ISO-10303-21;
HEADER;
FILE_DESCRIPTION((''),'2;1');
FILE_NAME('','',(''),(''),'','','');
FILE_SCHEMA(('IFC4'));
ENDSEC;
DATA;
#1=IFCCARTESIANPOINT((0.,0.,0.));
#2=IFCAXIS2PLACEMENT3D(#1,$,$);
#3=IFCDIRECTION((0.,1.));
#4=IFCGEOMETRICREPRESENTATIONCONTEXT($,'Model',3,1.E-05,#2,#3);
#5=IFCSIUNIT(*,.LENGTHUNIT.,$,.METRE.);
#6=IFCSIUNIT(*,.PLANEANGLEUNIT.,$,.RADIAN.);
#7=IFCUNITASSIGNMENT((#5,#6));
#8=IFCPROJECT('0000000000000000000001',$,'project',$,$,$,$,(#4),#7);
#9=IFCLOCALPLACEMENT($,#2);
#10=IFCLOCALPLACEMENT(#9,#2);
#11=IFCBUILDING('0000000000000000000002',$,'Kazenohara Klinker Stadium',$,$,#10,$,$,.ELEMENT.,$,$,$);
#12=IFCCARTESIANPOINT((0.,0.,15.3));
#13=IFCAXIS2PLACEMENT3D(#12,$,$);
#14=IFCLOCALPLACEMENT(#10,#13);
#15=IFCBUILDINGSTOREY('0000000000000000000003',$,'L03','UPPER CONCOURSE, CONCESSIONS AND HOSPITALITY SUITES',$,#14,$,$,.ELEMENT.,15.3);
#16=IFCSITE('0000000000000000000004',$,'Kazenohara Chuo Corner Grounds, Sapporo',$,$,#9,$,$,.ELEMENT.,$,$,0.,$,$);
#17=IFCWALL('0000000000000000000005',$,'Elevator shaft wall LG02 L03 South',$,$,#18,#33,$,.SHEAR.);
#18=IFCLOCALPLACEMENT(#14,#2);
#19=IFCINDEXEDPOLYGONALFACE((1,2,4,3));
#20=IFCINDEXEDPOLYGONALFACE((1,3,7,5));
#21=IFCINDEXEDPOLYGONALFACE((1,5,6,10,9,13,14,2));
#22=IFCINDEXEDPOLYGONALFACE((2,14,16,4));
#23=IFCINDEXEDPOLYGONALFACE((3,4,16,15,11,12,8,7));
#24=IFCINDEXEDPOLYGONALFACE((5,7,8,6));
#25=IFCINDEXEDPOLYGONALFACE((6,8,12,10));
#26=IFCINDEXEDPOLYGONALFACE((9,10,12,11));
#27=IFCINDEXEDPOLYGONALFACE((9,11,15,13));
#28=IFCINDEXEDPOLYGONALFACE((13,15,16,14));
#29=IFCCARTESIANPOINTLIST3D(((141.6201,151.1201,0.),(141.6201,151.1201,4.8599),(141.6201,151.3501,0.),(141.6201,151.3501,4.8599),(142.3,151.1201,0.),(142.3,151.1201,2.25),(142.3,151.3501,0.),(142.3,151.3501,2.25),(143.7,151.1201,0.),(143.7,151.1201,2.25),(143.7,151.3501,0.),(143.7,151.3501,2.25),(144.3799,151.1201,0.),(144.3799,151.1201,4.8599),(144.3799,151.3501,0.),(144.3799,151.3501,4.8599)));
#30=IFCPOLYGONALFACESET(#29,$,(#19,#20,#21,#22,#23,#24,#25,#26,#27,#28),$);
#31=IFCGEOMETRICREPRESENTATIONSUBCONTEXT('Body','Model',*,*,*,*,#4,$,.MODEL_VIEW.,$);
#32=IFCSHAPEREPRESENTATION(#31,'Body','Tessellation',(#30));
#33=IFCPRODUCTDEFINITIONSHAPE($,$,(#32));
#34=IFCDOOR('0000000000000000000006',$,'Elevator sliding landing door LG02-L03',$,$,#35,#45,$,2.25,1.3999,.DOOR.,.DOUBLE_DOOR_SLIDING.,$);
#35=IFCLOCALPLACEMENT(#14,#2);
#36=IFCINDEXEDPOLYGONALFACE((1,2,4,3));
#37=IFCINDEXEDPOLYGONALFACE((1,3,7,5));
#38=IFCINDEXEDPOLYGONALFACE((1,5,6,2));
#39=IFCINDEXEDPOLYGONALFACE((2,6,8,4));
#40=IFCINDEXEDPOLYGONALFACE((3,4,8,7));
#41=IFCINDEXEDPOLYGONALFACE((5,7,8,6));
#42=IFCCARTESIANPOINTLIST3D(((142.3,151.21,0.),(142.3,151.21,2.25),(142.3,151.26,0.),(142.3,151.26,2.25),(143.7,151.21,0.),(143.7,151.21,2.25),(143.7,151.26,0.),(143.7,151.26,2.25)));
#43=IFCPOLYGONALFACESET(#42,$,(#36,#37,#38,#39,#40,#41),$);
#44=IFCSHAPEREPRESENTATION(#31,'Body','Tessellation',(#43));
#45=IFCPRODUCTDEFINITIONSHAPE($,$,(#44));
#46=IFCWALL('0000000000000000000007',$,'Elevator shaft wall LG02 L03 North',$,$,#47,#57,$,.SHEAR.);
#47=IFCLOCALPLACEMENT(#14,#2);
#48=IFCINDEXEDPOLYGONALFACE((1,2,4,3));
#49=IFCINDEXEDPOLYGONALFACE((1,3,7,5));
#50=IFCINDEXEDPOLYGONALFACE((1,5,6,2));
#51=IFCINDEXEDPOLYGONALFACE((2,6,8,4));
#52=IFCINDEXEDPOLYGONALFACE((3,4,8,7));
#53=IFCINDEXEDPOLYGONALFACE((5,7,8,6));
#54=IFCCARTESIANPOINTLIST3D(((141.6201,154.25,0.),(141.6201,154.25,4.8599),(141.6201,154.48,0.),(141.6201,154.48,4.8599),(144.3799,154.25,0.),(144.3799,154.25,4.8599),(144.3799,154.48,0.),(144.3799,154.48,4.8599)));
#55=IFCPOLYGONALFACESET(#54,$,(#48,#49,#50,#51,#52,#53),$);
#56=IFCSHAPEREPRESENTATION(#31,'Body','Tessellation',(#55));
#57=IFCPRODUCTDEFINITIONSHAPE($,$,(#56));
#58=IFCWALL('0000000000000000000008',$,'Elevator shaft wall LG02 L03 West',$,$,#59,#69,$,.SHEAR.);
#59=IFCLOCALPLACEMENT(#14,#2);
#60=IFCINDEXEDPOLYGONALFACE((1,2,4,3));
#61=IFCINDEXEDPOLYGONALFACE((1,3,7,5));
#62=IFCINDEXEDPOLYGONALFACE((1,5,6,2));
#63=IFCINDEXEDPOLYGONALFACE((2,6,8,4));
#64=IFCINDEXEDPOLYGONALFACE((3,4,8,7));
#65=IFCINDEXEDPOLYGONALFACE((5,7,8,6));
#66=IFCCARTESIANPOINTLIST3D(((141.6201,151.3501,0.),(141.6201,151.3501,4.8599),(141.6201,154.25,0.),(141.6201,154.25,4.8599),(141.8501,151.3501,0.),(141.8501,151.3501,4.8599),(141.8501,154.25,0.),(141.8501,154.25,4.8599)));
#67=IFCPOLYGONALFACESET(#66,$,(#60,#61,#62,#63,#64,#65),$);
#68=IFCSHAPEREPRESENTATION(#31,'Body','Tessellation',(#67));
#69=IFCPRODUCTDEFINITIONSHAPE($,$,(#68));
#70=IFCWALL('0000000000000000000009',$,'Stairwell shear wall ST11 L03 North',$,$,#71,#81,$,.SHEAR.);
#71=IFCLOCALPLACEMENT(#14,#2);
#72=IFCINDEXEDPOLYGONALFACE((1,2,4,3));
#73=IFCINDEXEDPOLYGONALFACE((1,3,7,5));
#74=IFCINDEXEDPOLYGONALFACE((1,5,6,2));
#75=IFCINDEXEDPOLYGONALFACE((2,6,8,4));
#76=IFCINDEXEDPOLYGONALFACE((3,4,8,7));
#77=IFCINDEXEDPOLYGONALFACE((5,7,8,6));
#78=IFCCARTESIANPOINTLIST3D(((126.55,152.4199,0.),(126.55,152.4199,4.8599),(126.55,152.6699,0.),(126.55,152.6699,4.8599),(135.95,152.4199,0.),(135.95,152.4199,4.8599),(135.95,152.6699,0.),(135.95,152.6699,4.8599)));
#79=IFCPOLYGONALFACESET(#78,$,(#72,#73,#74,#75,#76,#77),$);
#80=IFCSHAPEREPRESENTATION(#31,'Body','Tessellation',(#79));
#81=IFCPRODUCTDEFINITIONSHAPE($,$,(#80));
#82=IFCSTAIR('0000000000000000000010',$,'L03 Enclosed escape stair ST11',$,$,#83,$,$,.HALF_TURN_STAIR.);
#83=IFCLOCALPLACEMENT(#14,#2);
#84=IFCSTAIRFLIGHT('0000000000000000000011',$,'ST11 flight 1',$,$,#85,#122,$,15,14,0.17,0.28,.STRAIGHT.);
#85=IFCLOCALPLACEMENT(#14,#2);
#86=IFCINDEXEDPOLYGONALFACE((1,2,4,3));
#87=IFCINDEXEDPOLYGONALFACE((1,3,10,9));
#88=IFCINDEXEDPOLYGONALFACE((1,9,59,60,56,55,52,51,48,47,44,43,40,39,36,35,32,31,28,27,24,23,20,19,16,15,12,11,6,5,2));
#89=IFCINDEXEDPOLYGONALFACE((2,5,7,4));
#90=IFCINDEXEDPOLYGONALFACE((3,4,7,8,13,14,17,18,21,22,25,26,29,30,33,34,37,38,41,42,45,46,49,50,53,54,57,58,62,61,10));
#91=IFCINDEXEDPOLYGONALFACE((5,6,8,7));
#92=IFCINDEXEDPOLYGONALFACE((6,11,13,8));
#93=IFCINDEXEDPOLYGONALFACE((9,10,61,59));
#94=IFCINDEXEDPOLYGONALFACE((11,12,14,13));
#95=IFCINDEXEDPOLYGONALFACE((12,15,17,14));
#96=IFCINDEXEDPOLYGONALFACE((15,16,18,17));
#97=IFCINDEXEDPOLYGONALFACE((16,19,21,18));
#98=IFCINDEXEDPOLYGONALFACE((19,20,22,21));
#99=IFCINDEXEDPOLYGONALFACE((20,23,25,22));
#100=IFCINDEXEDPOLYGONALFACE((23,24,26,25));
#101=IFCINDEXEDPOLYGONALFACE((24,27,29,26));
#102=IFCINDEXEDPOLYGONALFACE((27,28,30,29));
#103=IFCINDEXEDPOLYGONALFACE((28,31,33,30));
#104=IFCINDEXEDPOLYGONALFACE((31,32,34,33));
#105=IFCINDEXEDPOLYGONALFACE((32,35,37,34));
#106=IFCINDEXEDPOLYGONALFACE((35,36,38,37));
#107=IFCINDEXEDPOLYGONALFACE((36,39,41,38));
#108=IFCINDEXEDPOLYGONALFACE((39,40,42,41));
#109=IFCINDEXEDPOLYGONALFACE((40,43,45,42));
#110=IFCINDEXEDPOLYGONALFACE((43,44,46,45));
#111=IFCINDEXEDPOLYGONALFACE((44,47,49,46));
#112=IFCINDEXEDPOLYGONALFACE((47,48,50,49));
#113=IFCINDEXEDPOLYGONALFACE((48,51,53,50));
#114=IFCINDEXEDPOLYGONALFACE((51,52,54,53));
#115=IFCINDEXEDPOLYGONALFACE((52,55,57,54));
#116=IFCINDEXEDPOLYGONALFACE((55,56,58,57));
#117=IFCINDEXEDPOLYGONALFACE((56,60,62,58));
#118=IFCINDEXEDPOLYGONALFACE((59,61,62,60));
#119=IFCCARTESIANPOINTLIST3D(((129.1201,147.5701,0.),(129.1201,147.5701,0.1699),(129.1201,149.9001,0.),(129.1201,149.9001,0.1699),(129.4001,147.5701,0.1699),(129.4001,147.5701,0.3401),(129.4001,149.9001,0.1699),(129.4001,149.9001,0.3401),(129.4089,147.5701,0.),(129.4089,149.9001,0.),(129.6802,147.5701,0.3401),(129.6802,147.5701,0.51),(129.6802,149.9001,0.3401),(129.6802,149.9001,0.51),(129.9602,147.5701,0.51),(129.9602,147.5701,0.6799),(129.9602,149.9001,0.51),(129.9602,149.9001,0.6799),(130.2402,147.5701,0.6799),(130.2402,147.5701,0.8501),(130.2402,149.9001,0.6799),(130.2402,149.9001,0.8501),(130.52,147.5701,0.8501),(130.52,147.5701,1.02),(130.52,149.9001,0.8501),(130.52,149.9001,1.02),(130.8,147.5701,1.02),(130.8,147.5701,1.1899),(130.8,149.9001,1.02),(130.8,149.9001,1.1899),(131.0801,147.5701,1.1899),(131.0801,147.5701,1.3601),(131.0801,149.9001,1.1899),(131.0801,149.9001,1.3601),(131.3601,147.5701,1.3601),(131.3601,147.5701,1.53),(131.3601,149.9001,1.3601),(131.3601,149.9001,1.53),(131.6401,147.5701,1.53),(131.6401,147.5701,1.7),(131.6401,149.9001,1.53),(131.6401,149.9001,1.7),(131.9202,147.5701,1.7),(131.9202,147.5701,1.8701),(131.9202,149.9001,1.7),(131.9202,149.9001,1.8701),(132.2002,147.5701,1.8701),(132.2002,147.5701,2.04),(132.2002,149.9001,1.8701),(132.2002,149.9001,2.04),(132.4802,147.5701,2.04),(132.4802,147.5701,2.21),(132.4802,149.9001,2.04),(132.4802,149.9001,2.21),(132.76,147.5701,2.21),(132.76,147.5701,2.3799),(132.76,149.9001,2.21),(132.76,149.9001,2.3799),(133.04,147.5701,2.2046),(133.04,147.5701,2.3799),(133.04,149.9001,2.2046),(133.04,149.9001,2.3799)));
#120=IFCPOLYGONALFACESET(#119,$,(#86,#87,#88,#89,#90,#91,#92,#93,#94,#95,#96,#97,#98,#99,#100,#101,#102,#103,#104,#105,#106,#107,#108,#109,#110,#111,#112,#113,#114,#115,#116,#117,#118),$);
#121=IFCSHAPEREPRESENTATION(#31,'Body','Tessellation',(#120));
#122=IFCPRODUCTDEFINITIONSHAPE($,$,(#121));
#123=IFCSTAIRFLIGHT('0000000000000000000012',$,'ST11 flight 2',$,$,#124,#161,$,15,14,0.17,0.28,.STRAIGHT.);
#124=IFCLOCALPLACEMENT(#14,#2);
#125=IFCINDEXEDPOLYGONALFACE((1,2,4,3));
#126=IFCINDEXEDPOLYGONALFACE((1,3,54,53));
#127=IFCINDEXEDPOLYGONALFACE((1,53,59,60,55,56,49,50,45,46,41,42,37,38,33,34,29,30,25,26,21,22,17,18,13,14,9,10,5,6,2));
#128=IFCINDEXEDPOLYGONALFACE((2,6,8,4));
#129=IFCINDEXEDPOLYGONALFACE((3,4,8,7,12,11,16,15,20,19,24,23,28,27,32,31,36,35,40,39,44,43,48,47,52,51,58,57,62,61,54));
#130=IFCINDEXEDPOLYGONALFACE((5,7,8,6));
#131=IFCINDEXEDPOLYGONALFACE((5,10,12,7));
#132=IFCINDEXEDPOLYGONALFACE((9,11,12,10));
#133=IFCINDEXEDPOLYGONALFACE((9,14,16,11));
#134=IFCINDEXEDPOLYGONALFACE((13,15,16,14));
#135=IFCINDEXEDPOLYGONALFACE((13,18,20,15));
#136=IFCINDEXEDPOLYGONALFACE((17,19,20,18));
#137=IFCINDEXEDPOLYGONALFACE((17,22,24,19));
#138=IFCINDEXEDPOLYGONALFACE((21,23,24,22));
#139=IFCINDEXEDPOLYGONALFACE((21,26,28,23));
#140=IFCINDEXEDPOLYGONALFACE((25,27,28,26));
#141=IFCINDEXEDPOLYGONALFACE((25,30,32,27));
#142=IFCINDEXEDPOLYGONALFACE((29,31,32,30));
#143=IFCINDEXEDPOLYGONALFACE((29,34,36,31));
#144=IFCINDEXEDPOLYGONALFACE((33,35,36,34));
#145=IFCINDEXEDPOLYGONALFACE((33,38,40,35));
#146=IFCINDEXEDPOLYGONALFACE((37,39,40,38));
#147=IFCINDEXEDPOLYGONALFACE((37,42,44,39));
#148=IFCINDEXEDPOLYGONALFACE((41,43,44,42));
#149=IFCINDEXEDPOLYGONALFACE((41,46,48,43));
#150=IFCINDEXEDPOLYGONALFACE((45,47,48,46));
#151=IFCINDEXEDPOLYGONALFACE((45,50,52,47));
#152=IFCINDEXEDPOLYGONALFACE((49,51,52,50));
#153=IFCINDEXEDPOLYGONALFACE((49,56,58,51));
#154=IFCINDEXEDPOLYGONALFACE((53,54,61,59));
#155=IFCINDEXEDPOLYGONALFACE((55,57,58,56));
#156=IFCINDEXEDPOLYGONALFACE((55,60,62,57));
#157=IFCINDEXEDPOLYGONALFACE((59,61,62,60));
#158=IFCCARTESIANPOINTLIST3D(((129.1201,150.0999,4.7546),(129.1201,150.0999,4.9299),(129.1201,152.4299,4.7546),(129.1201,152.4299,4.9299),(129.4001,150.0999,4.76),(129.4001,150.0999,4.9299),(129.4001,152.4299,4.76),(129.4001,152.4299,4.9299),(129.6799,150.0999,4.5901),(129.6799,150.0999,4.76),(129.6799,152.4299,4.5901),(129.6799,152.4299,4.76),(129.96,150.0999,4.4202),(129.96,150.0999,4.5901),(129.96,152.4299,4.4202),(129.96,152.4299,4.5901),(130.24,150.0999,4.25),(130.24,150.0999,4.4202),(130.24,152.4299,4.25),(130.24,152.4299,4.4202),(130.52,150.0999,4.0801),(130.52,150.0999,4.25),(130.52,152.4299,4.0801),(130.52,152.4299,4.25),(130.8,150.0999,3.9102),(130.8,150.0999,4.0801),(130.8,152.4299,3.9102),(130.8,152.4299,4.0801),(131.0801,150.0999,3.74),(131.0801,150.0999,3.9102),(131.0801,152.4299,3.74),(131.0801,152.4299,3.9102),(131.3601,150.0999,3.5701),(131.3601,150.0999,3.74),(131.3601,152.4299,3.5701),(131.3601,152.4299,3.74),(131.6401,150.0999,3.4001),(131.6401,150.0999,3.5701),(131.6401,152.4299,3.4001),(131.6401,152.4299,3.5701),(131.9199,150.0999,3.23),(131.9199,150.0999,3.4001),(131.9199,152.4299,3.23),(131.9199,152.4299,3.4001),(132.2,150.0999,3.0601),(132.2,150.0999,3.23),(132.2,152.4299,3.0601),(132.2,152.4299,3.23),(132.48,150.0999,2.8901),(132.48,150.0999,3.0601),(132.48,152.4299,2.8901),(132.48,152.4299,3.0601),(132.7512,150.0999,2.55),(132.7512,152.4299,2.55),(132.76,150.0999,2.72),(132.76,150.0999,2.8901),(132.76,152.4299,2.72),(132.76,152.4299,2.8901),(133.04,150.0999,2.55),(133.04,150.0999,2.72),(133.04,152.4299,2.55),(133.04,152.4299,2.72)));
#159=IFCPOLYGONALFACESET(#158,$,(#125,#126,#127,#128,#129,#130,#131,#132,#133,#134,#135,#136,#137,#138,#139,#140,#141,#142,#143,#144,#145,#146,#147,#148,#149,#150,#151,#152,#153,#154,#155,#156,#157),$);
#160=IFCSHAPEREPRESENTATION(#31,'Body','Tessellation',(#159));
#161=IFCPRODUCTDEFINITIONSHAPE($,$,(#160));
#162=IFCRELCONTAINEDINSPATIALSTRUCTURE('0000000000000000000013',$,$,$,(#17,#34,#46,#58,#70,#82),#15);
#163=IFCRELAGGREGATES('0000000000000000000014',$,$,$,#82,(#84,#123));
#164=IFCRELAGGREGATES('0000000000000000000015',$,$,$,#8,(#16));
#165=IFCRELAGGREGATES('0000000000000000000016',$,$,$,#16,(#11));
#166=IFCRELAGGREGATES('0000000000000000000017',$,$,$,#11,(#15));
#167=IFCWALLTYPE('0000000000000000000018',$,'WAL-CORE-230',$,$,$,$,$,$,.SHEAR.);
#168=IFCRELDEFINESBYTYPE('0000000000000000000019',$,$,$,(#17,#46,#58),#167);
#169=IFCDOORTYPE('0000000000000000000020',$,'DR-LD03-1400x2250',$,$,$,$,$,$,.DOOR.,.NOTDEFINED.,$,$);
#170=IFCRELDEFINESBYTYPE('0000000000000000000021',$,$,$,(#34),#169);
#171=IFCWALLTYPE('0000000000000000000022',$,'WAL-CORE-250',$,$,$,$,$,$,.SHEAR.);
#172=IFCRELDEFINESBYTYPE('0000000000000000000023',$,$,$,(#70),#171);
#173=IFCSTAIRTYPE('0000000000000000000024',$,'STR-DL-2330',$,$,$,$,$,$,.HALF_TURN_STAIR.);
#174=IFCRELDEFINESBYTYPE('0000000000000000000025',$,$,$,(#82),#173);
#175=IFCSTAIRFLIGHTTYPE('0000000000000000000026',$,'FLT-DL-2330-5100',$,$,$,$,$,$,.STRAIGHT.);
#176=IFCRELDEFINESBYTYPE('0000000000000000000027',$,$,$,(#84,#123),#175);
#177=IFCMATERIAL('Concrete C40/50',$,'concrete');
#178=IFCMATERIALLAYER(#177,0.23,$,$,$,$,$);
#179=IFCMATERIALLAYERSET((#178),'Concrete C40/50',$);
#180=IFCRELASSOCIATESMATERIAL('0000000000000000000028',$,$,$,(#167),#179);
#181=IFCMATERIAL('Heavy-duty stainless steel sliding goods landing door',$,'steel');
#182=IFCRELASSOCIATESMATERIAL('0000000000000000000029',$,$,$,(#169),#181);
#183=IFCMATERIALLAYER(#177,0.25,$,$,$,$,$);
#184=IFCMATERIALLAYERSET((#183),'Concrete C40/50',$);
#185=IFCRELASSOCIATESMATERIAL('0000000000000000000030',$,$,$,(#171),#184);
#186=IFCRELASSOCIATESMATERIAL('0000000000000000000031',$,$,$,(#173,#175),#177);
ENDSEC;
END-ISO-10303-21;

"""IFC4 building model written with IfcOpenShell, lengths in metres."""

from ifc_helpers import new_model, si_unit, direction, frame, frame_2d, origin, place, context, subcontext, project, spatial, polyline, rectangle, outline, extrude, material, layer, layer_set, type_object, element, fill, aggregate, save


model = new_model("IFC4")

# Units and contexts
model_context = context("Model", 3, precision=1e-05, world=origin(), true_north=direction((0.0, 1.0)))
body_context = subcontext(model_context, "Body", "Model", "MODEL_VIEW")
ifc_project = project(units=[si_unit("LENGTHUNIT", "METRE"), si_unit("PLANEANGLEUNIT", "RADIAN")], contexts=[model_context])

# Site, building, storey
site_placement = place(None, origin())
site = spatial("IfcSite", under=ifc_project, at=site_placement, Name="Kazenohara Chuo Corner Grounds, Sapporo", CompositionType="ELEMENT", RefElevation=0.0)
building_placement = place(site_placement, origin())
building = spatial("IfcBuilding", under=site, at=building_placement, Name="Kazenohara Klinker Stadium", CompositionType="ELEMENT")
storey_placement = place(building_placement, frame((0.0, 0.0, 15.3)))
storey = spatial("IfcBuildingStorey", under=building, at=storey_placement, Name="L03", Description="UPPER CONCOURSE, CONCESSIONS AND HOSPITALITY SUITES", CompositionType="ELEMENT", Elevation=15.3)

# Shared definitions
ifc_material_1 = material(Name="Concrete C40/50", Category="concrete")

# Wall, opening, door
ifc_layer_1 = layer(ifc_material_1, 0.23)
ifc_layer_set_1 = layer_set([ifc_layer_1], Name="Concrete C40/50")
wall_type_1 = type_object("IfcWallType", Name="WAL-CORE-230", PredefinedType="SHEAR", material=ifc_layer_set_1)
wall_1_placement = place(storey_placement, frame((141.6201, 151.2351, 0.0), z_axis=(0.0, 0.0, 1.0), x_axis=(1.0, 0.0, 0.0)))
wall_1 = element("IfcWall", 1, at=wall_1_placement, inside=storey, type_object=wall_type_1, Name="Elevator shaft wall LG02 L03 South", PredefinedType="SHEAR", context=body_context, shape_type="SweptSolid", body=[
    extrude(rectangle(XDim=2.7598, YDim=0.23, at=frame_2d((1.3799, 0.0))), origin(), (0.0, 0.0, 1.0), 4.8599),
])
opening_placement = place(wall_1_placement, frame((0.6799, 0.0, 0.0)))
opening = element("IfcOpeningElement", 2, at=opening_placement, cuts=wall_1, PredefinedType="OPENING", context=body_context, shape_type="SweptSolid", body=[
    extrude(rectangle(XDim=1.3999, YDim=2.25, at=frame_2d((0.7, 1.125))), frame((0.0, 0.125, 0.0), z_axis=(0.0, -1.0, 0.0), x_axis=(1.0, 0.0, 0.0)), (0.0, 0.0, 1.0), 0.25),
])
ifc_material_2 = material(Name="Heavy-duty stainless steel sliding goods landing door", Category="steel")
door_type = type_object("IfcDoorType", Name="DR-LD03-1400x2250", OperationType="NOTDEFINED", PredefinedType="DOOR", material=ifc_material_2)
door_placement = place(opening_placement, origin())
door = element("IfcDoor", 3, at=door_placement, inside=storey, type_object=door_type, Name="Elevator sliding landing door LG02-L03", OperationType="DOUBLE_DOOR_SLIDING", OverallHeight=2.25, OverallWidth=1.3999, PredefinedType="DOOR", context=body_context, shape_type="SweptSolid", body=[
    extrude(rectangle(XDim=1.3999, YDim=2.25, at=frame_2d((0.7, 1.125))), frame((0.0, 0.0249, 0.0), z_axis=(0.0, -1.0, 0.0), x_axis=(1.0, 0.0, 0.0)), (0.0, 0.0, 1.0), 0.05),
])
fill(opening, door)

# Walls
wall_2_placement = place(storey_placement, frame((141.6201, 154.365, 0.0), z_axis=(0.0, 0.0, 1.0), x_axis=(1.0, 0.0, 0.0)))
element("IfcWall", 4, at=wall_2_placement, inside=storey, type_object=wall_type_1, Name="Elevator shaft wall LG02 L03 North", PredefinedType="SHEAR", context=body_context, shape_type="SweptSolid", body=[
    extrude(rectangle(XDim=2.7598, YDim=0.23, at=frame_2d((1.3799, 0.0))), origin(), (0.0, 0.0, 1.0), 4.8599),
])
wall_3_placement = place(storey_placement, frame((141.7351, 151.3501, 0.0), z_axis=(0.0, 0.0, 1.0), x_axis=(0.0, 1.0, 0.0)))
element("IfcWall", 5, at=wall_3_placement, inside=storey, type_object=wall_type_1, Name="Elevator shaft wall LG02 L03 West", PredefinedType="SHEAR", context=body_context, shape_type="SweptSolid", body=[
    extrude(rectangle(XDim=2.8999, YDim=0.23, at=frame_2d((1.45, 0.0))), origin(), (0.0, 0.0, 1.0), 4.8599),
])
ifc_layer_2 = layer(ifc_material_1, 0.25)
ifc_layer_set_2 = layer_set([ifc_layer_2], Name="Concrete C40/50")
wall_type_2 = type_object("IfcWallType", Name="WAL-CORE-250", PredefinedType="SHEAR", material=ifc_layer_set_2)
wall_4_placement = place(storey_placement, frame((126.55, 152.5449, 0.0), z_axis=(0.0, 0.0, 1.0), x_axis=(1.0, 0.0, 0.0)))
element("IfcWall", 6, at=wall_4_placement, inside=storey, type_object=wall_type_2, Name="Stairwell shear wall ST11 L03 North", PredefinedType="SHEAR", context=body_context, shape_type="SweptSolid", body=[
    extrude(rectangle(XDim=9.3999, YDim=0.25, at=frame_2d((4.7, 0.0))), origin(), (0.0, 0.0, 1.0), 4.8599),
])

# Stair, stair flights
stair_type = type_object("IfcStairType", Name="STR-DL-2330", PredefinedType="HALF_TURN_STAIR", material=ifc_material_1)
stair_placement = place(storey_placement, origin())
stair = element("IfcStair", 7, at=stair_placement, inside=storey, type_object=stair_type, Name="L03 Enclosed escape stair ST11", PredefinedType="HALF_TURN_STAIR")
stair_flight_type = type_object("IfcStairFlightType", Name="FLT-DL-2330-5100", PredefinedType="STRAIGHT", material=ifc_material_1)
stair_flight_1_placement = place(storey_placement, frame((129.1201, 148.7351, 0.0), z_axis=(0.0, 0.0, 1.0), x_axis=(1.0, 0.0, 0.0)))
stair_flight_1 = element("IfcStairFlight", 8, at=stair_flight_1_placement, type_object=stair_flight_type, Name="ST11 flight 1", NumberOfRisers=15, NumberOfTreads=14, PredefinedType="STRAIGHT", RiserHeight=0.17, TreadLength=0.28, context=body_context, shape_type="SweptSolid", body=[
    extrude(outline(polyline([(0.0, 0.0), (0.0, 0.1699), (0.28, 0.1699), (0.28, 0.3401), (0.5601, 0.3401), (0.5601, 0.51), (0.8401, 0.51), (0.8401, 0.6799), (1.1201, 0.6799), (1.1201, 0.8501), (1.3999, 0.8501), (1.3999, 1.02), (1.6799, 1.02), (1.6799, 1.1899), (1.96, 1.1899), (1.96, 1.3601), (2.24, 1.3601), (2.24, 1.53), (2.52, 1.53), (2.52, 1.7), (2.8, 1.7), (2.8, 1.8701), (3.0801, 1.8701), (3.0801, 2.04), (3.3601, 2.04), (3.3601, 2.21), (3.6399, 2.21), (3.6399, 2.3799), (3.9199, 2.3799), (3.9199, 2.55), (3.9199, 2.2046), (0.2888, 0.0), (0.0, 0.0)])), frame((0.0, 1.165, 0.0), z_axis=(0.0, -1.0, 0.0), x_axis=(1.0, 0.0, 0.0)), (0.0, 0.0, 1.0), 2.3301),
])
stair_flight_2_placement = place(storey_placement, frame((133.04, 151.2649, 2.55), z_axis=(0.0, 0.0, 1.0), x_axis=(-1.0, 0.0, 0.0)))
stair_flight_2 = element("IfcStairFlight", 9, at=stair_flight_2_placement, type_object=stair_flight_type, Name="ST11 flight 2", NumberOfRisers=15, NumberOfTreads=14, PredefinedType="STRAIGHT", RiserHeight=0.17, TreadLength=0.28, context=body_context, shape_type="SweptSolid", body=[
    extrude(outline(polyline([(0.0, 0.0), (0.0, 0.1699), (0.28, 0.1699), (0.28, 0.3401), (0.5601, 0.3401), (0.5601, 0.51), (0.8401, 0.51), (0.8401, 0.6799), (1.1201, 0.6799), (1.1201, 0.8501), (1.3999, 0.8501), (1.3999, 1.02), (1.6799, 1.02), (1.6799, 1.1899), (1.96, 1.1899), (1.96, 1.3601), (2.24, 1.3601), (2.24, 1.53), (2.52, 1.53), (2.52, 1.7), (2.8, 1.7), (2.8, 1.8701), (3.0801, 1.8701), (3.0801, 2.04), (3.3601, 2.04), (3.3601, 2.21), (3.6399, 2.21), (3.6399, 2.3799), (3.9199, 2.3799), (3.9199, 2.55), (3.9199, 2.2046), (0.2888, 0.0), (0.0, 0.0)])), frame((0.0, 1.165, 0.0), z_axis=(0.0, -1.0, 0.0), x_axis=(1.0, 0.0, 0.0)), (0.0, 0.0, 1.0), 2.3301),
])
aggregate(stair, [stair_flight_1, stair_flight_2])

save(model, "model.ifc")
